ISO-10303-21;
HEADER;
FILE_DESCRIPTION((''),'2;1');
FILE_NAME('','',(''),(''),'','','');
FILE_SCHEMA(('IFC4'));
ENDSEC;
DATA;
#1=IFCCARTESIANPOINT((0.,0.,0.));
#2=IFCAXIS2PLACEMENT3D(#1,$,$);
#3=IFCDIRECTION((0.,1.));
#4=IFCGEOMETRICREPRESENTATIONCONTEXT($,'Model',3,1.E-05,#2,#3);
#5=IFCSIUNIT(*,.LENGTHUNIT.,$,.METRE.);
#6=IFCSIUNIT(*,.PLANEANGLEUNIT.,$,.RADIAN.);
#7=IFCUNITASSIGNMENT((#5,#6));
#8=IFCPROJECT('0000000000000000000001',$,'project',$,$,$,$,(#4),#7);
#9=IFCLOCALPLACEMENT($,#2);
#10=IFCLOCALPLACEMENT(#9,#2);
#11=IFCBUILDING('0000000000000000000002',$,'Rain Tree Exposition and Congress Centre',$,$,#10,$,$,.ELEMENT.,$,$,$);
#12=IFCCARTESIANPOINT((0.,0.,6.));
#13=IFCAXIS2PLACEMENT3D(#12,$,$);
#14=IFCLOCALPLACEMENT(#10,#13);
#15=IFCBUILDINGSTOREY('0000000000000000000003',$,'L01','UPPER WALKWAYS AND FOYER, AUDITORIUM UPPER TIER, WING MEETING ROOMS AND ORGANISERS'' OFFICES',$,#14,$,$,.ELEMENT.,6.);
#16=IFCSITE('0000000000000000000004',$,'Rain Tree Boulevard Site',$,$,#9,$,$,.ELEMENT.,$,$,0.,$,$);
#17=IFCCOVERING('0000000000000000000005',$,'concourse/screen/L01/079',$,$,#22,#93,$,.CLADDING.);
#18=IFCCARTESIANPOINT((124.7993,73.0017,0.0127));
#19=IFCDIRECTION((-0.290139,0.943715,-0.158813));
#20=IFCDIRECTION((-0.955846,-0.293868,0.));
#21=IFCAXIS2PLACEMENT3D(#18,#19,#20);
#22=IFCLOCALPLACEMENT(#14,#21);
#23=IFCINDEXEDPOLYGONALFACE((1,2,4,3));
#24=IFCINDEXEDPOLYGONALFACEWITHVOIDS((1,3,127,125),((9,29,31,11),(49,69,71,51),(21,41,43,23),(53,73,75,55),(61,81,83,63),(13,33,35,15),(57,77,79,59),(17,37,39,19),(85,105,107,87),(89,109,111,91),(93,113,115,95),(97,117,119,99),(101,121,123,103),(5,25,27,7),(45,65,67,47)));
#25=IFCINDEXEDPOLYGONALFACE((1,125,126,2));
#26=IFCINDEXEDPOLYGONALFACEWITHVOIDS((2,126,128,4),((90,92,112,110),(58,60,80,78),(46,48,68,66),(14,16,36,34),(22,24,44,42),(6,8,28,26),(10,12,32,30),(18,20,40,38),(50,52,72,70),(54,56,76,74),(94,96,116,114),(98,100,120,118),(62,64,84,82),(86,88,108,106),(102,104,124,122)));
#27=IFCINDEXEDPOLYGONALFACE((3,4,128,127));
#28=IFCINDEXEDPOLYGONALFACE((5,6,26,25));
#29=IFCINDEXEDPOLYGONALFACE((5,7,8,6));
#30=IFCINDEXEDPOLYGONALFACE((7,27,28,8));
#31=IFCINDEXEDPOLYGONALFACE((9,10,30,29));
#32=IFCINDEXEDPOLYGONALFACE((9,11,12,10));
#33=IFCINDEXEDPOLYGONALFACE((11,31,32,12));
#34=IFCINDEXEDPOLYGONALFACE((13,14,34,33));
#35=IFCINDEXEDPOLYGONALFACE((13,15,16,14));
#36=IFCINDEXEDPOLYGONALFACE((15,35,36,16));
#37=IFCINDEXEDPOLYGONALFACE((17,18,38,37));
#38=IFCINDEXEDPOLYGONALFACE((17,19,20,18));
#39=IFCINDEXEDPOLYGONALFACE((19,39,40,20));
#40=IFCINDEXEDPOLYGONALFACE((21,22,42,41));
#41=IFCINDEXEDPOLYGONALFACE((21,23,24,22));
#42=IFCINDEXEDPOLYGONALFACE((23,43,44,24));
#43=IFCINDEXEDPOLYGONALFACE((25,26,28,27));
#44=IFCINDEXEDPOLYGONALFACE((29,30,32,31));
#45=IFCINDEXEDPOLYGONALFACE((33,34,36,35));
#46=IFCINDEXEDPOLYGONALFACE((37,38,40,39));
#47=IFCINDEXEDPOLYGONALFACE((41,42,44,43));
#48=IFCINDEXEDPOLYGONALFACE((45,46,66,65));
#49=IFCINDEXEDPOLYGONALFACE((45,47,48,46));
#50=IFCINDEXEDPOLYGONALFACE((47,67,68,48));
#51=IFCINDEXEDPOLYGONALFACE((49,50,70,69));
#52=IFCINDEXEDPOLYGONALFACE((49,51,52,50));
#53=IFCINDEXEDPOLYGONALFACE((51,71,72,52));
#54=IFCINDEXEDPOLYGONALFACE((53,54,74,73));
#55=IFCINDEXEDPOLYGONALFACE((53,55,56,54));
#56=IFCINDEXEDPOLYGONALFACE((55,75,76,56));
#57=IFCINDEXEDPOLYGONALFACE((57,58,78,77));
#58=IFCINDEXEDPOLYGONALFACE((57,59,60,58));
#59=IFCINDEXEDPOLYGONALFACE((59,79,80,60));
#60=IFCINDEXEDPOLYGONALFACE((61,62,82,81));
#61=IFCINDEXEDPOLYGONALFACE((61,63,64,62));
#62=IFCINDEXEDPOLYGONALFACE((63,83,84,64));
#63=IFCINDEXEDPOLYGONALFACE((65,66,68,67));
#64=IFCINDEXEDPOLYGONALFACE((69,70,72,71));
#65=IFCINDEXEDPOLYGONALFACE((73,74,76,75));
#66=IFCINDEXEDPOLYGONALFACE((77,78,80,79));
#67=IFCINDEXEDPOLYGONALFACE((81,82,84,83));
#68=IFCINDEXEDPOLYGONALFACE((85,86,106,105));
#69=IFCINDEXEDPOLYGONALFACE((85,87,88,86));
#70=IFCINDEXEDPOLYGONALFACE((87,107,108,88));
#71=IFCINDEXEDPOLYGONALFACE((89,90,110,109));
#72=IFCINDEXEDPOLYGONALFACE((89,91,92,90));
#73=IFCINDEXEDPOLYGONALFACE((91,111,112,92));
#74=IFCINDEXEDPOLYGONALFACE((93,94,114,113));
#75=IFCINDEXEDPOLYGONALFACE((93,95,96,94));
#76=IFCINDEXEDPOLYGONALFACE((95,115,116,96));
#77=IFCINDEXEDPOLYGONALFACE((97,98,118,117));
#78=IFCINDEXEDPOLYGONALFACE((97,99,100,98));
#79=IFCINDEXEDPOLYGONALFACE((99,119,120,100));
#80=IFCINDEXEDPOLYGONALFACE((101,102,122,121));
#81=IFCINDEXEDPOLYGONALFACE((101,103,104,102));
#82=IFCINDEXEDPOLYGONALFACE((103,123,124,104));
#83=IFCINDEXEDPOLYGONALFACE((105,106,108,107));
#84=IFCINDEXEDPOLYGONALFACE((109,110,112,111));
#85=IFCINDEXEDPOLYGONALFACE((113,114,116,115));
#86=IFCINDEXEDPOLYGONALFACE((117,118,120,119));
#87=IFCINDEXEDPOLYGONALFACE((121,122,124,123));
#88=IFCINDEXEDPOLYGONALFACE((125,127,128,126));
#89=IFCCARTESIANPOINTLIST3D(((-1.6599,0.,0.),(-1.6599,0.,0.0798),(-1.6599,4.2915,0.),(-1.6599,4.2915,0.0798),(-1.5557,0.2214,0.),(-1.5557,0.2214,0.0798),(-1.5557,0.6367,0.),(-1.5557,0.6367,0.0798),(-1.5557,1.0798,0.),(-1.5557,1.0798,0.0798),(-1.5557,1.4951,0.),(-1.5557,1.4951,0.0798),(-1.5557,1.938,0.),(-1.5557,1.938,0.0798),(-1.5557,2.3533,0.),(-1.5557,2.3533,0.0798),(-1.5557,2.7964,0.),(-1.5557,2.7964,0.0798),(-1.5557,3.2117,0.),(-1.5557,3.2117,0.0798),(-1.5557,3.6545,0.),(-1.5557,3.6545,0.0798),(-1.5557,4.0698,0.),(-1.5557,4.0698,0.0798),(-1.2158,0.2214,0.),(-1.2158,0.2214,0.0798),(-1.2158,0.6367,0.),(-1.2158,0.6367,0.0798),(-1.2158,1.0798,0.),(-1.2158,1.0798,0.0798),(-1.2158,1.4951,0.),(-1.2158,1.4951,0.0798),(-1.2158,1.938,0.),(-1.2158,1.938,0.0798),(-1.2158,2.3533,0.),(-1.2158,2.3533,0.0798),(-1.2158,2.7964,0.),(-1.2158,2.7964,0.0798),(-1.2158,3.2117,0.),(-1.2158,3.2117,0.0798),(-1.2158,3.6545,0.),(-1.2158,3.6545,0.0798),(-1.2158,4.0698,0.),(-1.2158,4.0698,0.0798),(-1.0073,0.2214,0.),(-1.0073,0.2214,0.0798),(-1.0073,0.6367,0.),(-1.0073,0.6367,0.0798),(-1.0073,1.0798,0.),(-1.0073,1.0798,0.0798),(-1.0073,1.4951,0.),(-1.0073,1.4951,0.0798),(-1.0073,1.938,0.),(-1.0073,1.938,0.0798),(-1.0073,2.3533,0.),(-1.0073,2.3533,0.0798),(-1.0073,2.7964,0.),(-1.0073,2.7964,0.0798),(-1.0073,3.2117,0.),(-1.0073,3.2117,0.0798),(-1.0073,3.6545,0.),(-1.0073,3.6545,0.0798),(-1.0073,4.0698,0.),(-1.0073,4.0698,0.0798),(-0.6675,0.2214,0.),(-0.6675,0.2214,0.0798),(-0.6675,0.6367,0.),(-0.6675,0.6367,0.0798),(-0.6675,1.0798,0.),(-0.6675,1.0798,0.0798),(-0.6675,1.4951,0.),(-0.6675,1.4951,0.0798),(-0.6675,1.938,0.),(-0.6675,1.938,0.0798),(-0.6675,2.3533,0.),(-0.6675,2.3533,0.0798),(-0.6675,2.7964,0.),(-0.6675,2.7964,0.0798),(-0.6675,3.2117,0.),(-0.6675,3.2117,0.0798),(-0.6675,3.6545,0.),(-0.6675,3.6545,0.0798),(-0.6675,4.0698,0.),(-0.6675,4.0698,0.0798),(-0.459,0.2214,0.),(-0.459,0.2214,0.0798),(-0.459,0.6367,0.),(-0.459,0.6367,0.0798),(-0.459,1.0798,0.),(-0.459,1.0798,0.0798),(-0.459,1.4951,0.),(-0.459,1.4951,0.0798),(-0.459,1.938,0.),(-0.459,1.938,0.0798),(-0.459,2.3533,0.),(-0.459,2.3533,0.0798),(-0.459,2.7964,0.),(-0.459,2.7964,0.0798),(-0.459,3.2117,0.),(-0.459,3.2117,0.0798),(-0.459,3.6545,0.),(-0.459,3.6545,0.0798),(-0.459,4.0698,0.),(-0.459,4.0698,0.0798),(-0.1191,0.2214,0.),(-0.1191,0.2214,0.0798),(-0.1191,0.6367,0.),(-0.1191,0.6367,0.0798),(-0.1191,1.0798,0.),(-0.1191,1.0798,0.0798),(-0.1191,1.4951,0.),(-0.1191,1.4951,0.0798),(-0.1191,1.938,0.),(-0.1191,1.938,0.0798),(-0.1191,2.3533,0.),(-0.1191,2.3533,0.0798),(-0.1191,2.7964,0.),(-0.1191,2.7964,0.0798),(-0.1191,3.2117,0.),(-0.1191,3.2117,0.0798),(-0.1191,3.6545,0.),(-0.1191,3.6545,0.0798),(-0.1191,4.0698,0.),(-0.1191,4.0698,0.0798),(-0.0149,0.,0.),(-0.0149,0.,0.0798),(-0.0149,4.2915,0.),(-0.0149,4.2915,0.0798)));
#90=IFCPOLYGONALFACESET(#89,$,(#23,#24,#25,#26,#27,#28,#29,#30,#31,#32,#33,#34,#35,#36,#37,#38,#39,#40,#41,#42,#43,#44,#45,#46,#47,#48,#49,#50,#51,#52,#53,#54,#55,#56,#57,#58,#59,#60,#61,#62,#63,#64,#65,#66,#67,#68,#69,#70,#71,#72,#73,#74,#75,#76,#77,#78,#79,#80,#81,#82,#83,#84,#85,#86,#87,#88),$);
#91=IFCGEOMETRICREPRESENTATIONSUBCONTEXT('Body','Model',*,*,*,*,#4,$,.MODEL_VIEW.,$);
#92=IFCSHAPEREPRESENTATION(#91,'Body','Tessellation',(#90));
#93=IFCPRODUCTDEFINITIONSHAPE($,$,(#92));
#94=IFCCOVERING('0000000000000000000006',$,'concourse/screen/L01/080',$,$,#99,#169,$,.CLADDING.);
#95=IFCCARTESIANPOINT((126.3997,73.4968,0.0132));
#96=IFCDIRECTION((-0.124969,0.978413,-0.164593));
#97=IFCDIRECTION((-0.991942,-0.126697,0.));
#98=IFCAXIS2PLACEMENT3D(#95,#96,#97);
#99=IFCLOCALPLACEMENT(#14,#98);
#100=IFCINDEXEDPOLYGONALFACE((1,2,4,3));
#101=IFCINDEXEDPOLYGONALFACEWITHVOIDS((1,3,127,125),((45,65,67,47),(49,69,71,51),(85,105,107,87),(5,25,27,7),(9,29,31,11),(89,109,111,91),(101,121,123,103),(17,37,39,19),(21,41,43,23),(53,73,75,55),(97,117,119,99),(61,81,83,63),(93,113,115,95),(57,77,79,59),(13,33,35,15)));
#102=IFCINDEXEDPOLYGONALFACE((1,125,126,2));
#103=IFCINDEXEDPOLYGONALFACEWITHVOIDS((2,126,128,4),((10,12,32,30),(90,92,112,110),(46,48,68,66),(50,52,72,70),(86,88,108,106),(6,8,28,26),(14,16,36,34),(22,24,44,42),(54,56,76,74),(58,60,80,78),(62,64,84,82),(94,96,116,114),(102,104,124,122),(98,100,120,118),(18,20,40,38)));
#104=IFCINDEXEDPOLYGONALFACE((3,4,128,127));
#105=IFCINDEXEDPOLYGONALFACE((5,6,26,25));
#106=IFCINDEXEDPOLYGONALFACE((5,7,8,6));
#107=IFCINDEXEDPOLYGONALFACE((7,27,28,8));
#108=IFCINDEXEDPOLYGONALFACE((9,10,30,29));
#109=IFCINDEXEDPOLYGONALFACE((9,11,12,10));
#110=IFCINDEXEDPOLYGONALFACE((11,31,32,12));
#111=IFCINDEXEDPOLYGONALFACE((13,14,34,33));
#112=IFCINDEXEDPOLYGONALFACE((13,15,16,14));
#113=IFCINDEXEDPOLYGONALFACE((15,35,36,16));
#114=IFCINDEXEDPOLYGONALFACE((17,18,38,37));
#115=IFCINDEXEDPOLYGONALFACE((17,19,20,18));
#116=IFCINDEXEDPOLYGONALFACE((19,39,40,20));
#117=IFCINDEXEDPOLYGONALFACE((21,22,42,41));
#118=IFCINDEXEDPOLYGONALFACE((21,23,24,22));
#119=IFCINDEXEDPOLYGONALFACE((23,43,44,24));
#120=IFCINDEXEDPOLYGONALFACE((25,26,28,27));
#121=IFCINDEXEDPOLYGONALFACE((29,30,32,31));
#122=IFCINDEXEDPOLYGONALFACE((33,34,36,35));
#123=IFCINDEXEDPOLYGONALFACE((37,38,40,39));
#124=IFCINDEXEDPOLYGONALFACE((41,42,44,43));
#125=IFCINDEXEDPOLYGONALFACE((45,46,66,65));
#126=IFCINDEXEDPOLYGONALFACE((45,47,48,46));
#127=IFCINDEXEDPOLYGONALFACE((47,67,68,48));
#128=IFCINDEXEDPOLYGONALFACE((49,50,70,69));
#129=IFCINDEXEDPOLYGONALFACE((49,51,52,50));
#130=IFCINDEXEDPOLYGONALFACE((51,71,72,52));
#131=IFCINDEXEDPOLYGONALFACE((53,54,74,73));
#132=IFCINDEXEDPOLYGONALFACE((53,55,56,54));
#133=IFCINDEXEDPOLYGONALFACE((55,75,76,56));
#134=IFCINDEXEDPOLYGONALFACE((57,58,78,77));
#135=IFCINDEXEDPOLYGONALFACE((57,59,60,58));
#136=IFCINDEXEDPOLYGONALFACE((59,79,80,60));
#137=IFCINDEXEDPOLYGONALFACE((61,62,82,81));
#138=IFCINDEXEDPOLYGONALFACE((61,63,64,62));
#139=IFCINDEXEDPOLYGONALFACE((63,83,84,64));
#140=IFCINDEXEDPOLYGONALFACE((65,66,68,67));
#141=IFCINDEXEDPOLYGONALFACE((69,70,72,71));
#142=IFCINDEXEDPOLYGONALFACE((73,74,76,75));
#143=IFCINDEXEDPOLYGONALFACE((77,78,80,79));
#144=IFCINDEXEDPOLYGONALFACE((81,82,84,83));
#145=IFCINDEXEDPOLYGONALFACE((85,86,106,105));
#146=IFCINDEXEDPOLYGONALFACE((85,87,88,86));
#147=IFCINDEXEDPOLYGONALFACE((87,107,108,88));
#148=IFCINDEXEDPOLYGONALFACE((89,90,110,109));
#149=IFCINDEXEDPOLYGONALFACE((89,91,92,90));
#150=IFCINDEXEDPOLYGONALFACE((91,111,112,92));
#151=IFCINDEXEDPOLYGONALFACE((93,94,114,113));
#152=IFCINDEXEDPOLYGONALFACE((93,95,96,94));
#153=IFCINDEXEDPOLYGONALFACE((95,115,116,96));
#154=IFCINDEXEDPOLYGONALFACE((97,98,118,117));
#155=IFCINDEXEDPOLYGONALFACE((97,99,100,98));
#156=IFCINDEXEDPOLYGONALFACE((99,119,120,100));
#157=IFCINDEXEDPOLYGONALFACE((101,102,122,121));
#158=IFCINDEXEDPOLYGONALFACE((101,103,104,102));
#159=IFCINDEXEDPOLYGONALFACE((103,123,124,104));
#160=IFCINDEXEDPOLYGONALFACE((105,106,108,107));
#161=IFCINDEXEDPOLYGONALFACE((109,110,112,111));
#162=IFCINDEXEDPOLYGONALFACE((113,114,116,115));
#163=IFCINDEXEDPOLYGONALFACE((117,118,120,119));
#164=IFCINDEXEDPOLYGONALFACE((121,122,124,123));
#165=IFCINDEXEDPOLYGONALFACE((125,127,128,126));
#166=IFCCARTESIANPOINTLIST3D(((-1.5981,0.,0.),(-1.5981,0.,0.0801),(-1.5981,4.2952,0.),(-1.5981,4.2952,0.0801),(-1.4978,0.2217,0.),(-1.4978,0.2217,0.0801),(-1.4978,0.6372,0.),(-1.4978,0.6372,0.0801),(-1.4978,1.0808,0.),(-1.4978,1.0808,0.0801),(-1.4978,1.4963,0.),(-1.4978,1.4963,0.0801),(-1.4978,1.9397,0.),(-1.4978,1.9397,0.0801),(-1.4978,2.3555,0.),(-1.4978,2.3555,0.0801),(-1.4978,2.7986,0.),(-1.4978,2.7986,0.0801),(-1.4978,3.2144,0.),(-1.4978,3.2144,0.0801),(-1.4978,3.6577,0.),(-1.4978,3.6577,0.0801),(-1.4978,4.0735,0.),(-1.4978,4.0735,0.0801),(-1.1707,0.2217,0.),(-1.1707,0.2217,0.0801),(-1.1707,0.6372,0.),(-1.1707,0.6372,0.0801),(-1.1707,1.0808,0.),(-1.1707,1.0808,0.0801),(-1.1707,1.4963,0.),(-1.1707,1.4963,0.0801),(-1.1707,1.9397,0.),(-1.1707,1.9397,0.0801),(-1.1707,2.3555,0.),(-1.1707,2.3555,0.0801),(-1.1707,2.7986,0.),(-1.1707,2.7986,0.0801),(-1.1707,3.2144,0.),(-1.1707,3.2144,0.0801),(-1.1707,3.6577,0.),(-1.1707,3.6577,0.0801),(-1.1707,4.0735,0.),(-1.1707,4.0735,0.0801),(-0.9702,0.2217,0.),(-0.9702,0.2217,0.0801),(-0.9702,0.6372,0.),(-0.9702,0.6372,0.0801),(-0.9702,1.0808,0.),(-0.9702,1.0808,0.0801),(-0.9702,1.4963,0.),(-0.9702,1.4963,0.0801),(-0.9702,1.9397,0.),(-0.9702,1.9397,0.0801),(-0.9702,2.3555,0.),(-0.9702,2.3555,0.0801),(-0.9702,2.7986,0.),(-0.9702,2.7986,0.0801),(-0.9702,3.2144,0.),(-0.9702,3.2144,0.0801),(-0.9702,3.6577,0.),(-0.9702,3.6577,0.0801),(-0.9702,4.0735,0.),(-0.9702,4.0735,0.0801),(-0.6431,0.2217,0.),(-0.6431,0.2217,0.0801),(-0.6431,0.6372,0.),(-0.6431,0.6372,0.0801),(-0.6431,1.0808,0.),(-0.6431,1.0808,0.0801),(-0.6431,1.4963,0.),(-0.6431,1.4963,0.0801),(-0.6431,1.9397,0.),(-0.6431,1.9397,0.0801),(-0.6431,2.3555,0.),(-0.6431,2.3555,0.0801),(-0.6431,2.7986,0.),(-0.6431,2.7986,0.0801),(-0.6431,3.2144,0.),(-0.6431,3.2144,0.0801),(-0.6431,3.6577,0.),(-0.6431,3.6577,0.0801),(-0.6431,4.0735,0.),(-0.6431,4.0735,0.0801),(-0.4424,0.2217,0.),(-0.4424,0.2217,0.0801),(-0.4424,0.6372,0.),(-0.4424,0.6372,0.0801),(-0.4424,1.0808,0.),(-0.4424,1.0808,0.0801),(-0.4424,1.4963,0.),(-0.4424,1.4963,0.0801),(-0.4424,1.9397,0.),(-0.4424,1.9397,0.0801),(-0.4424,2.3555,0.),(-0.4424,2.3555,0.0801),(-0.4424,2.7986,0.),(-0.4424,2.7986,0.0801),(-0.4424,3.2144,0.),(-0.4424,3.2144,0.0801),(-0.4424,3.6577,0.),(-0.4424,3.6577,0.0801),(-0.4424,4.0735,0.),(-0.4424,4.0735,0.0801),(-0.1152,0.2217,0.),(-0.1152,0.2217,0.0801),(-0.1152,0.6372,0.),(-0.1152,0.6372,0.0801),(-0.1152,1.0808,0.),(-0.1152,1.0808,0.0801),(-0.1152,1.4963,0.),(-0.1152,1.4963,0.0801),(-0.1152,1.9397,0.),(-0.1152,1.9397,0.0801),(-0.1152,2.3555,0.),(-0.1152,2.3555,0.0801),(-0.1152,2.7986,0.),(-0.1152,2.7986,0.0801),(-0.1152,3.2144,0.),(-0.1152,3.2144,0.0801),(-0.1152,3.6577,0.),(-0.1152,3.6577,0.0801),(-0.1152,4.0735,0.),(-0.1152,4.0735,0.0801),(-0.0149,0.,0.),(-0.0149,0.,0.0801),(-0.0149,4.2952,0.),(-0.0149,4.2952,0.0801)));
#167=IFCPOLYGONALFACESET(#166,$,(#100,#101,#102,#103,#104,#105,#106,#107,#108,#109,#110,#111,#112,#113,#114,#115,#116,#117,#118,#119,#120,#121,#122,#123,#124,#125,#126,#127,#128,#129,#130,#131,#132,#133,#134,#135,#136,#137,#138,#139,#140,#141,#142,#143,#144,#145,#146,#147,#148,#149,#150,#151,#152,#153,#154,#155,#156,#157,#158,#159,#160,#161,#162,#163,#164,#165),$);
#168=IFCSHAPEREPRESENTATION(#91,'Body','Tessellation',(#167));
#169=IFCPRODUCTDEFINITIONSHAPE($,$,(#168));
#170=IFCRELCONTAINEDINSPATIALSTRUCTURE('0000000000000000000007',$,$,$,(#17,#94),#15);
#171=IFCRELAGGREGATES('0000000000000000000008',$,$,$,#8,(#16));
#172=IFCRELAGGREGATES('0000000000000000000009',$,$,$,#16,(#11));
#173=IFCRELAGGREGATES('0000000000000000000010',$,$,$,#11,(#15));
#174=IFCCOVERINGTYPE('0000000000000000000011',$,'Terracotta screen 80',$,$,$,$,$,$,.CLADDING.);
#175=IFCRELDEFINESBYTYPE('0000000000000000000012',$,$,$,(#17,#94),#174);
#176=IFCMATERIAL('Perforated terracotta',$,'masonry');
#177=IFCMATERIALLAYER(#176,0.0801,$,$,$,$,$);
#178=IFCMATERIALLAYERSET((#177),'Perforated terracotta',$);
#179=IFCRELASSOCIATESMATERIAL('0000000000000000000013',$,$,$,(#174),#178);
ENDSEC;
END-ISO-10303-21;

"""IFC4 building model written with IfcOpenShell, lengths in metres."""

from ifc_helpers import new_model, si_unit, direction, frame, origin, place, context, subcontext, project, spatial, polyline, outline, extrude, material, layer, layer_set, type_object, element, save


model = new_model("IFC4")

# Units and contexts
model_context = context("Model", 3, precision=1e-05, world=origin(), true_north=direction((0.0, 1.0)))
body_context = subcontext(model_context, "Body", "Model", "MODEL_VIEW")
ifc_project = project(units=[si_unit("LENGTHUNIT", "METRE"), si_unit("PLANEANGLEUNIT", "RADIAN")], contexts=[model_context])

# Site, building, storey
site_placement = place(None, origin())
site = spatial("IfcSite", under=ifc_project, at=site_placement, Name="Rain Tree Boulevard Site", CompositionType="ELEMENT", RefElevation=0.0)
building_placement = place(site_placement, origin())
building = spatial("IfcBuilding", under=site, at=building_placement, Name="Rain Tree Exposition and Congress Centre", CompositionType="ELEMENT")
storey_placement = place(building_placement, frame((0.0, 0.0, 6.0)))
storey = spatial("IfcBuildingStorey", under=building, at=storey_placement, Name="L01", Description="UPPER WALKWAYS AND FOYER, AUDITORIUM UPPER TIER, WING MEETING ROOMS AND ORGANISERS' OFFICES", CompositionType="ELEMENT", Elevation=6.0)

# Coverings
ifc_material_1 = material(Name="Perforated terracotta", Category="masonry")
ifc_layer_1 = layer(ifc_material_1, 0.0801)
ifc_layer_set_1 = layer_set([ifc_layer_1], Name="Perforated terracotta")
covering_type = type_object("IfcCoveringType", Name="Terracotta screen 80", PredefinedType="CLADDING", material=ifc_layer_set_1)
covering_1_placement = place(storey_placement, frame((124.7993, 73.0017, 0.0127), z_axis=(-0.290139, 0.943715, -0.158813), x_axis=(-0.955846, -0.293868, 0.0)))
element("IfcCovering", 1, at=covering_1_placement, inside=storey, type_object=covering_type, Name="concourse/screen/L01/079", PredefinedType="CLADDING", context=body_context, shape_type="SweptSolid", body=[
    extrude(outline(polyline([(-1.6599, 0.0), (-1.6599, 4.2915), (-0.0149, 4.2915), (-0.0149, 0.0), (-1.6599, 0.0)]), holes=[polyline([(-0.1191, 0.2214), (-0.1191, 0.6367), (-0.459, 0.6367), (-0.459, 0.2214), (-0.1191, 0.2214)]), polyline([(-0.1191, 1.0798), (-0.1191, 1.4951), (-0.459, 1.4951), (-0.459, 1.0798), (-0.1191, 1.0798)]), polyline([(-0.1191, 1.938), (-0.1191, 2.3533), (-0.459, 2.3533), (-0.459, 1.938), (-0.1191, 1.938)]), polyline([(-0.1191, 2.7964), (-0.1191, 3.2117), (-0.459, 3.2117), (-0.459, 2.7964), (-0.1191, 2.7964)]), polyline([(-0.1191, 3.6545), (-0.1191, 4.0698), (-0.459, 4.0698), (-0.459, 3.6545), (-0.1191, 3.6545)]), polyline([(-0.6675, 0.2214), (-0.6675, 0.6367), (-1.0073, 0.6367), (-1.0073, 0.2214), (-0.6675, 0.2214)]), polyline([(-0.6675, 1.0798), (-0.6675, 1.4951), (-1.0073, 1.4951), (-1.0073, 1.0798), (-0.6675, 1.0798)]), polyline([(-0.6675, 1.938), (-0.6675, 2.3533), (-1.0073, 2.3533), (-1.0073, 1.938), (-0.6675, 1.938)]), polyline([(-0.6675, 2.7964), (-0.6675, 3.2117), (-1.0073, 3.2117), (-1.0073, 2.7964), (-0.6675, 2.7964)]), polyline([(-0.6675, 3.6545), (-0.6675, 4.0698), (-1.0073, 4.0698), (-1.0073, 3.6545), (-0.6675, 3.6545)]), polyline([(-1.2158, 0.2214), (-1.2158, 0.6367), (-1.5557, 0.6367), (-1.5557, 0.2214), (-1.2158, 0.2214)]), polyline([(-1.2158, 1.0798), (-1.2158, 1.4951), (-1.5557, 1.4951), (-1.5557, 1.0798), (-1.2158, 1.0798)]), polyline([(-1.2158, 1.938), (-1.2158, 2.3533), (-1.5557, 2.3533), (-1.5557, 1.938), (-1.2158, 1.938)]), polyline([(-1.2158, 2.7964), (-1.2158, 3.2117), (-1.5557, 3.2117), (-1.5557, 2.7964), (-1.2158, 2.7964)]), polyline([(-1.2158, 3.6545), (-1.2158, 4.0698), (-1.5557, 4.0698), (-1.5557, 3.6545), (-1.2158, 3.6545)])]), origin(), (0.0, 0.0, 1.0), 0.0798),
])
covering_2_placement = place(storey_placement, frame((126.3997, 73.4968, 0.0132), z_axis=(-0.124969, 0.978413, -0.164593), x_axis=(-0.991942, -0.126697, 0.0)))
element("IfcCovering", 2, at=covering_2_placement, inside=storey, type_object=covering_type, Name="concourse/screen/L01/080", PredefinedType="CLADDING", context=body_context, shape_type="SweptSolid", body=[
    extrude(outline(polyline([(-1.5981, 0.0), (-1.5981, 4.2952), (-0.0149, 4.2952), (-0.0149, 0.0), (-1.5981, 0.0)]), holes=[polyline([(-0.1152, 0.2217), (-0.1152, 0.6372), (-0.4424, 0.6372), (-0.4424, 0.2217), (-0.1152, 0.2217)]), polyline([(-0.1152, 1.0808), (-0.1152, 1.4963), (-0.4424, 1.4963), (-0.4424, 1.0808), (-0.1152, 1.0808)]), polyline([(-0.1152, 1.9397), (-0.1152, 2.3555), (-0.4424, 2.3555), (-0.4424, 1.9397), (-0.1152, 1.9397)]), polyline([(-0.1152, 2.7986), (-0.1152, 3.2144), (-0.4424, 3.2144), (-0.4424, 2.7986), (-0.1152, 2.7986)]), polyline([(-0.1152, 3.6577), (-0.1152, 4.0735), (-0.4424, 4.0735), (-0.4424, 3.6577), (-0.1152, 3.6577)]), polyline([(-0.6431, 0.2217), (-0.6431, 0.6372), (-0.9702, 0.6372), (-0.9702, 0.2217), (-0.6431, 0.2217)]), polyline([(-0.6431, 1.0808), (-0.6431, 1.4963), (-0.9702, 1.4963), (-0.9702, 1.0808), (-0.6431, 1.0808)]), polyline([(-0.6431, 1.9397), (-0.6431, 2.3555), (-0.9702, 2.3555), (-0.9702, 1.9397), (-0.6431, 1.9397)]), polyline([(-0.6431, 2.7986), (-0.6431, 3.2144), (-0.9702, 3.2144), (-0.9702, 2.7986), (-0.6431, 2.7986)]), polyline([(-0.6431, 3.6577), (-0.6431, 4.0735), (-0.9702, 4.0735), (-0.9702, 3.6577), (-0.6431, 3.6577)]), polyline([(-1.1707, 0.2217), (-1.1707, 0.6372), (-1.4978, 0.6372), (-1.4978, 0.2217), (-1.1707, 0.2217)]), polyline([(-1.1707, 1.0808), (-1.1707, 1.4963), (-1.4978, 1.4963), (-1.4978, 1.0808), (-1.1707, 1.0808)]), polyline([(-1.1707, 1.9397), (-1.1707, 2.3555), (-1.4978, 2.3555), (-1.4978, 1.9397), (-1.1707, 1.9397)]), polyline([(-1.1707, 2.7986), (-1.1707, 3.2144), (-1.4978, 3.2144), (-1.4978, 2.7986), (-1.1707, 2.7986)]), polyline([(-1.1707, 3.6577), (-1.1707, 4.0735), (-1.4978, 4.0735), (-1.4978, 3.6577), (-1.1707, 3.6577)])]), origin(), (0.0, 0.0, 1.0), 0.0801),
])

save(model, "model.ifc")
